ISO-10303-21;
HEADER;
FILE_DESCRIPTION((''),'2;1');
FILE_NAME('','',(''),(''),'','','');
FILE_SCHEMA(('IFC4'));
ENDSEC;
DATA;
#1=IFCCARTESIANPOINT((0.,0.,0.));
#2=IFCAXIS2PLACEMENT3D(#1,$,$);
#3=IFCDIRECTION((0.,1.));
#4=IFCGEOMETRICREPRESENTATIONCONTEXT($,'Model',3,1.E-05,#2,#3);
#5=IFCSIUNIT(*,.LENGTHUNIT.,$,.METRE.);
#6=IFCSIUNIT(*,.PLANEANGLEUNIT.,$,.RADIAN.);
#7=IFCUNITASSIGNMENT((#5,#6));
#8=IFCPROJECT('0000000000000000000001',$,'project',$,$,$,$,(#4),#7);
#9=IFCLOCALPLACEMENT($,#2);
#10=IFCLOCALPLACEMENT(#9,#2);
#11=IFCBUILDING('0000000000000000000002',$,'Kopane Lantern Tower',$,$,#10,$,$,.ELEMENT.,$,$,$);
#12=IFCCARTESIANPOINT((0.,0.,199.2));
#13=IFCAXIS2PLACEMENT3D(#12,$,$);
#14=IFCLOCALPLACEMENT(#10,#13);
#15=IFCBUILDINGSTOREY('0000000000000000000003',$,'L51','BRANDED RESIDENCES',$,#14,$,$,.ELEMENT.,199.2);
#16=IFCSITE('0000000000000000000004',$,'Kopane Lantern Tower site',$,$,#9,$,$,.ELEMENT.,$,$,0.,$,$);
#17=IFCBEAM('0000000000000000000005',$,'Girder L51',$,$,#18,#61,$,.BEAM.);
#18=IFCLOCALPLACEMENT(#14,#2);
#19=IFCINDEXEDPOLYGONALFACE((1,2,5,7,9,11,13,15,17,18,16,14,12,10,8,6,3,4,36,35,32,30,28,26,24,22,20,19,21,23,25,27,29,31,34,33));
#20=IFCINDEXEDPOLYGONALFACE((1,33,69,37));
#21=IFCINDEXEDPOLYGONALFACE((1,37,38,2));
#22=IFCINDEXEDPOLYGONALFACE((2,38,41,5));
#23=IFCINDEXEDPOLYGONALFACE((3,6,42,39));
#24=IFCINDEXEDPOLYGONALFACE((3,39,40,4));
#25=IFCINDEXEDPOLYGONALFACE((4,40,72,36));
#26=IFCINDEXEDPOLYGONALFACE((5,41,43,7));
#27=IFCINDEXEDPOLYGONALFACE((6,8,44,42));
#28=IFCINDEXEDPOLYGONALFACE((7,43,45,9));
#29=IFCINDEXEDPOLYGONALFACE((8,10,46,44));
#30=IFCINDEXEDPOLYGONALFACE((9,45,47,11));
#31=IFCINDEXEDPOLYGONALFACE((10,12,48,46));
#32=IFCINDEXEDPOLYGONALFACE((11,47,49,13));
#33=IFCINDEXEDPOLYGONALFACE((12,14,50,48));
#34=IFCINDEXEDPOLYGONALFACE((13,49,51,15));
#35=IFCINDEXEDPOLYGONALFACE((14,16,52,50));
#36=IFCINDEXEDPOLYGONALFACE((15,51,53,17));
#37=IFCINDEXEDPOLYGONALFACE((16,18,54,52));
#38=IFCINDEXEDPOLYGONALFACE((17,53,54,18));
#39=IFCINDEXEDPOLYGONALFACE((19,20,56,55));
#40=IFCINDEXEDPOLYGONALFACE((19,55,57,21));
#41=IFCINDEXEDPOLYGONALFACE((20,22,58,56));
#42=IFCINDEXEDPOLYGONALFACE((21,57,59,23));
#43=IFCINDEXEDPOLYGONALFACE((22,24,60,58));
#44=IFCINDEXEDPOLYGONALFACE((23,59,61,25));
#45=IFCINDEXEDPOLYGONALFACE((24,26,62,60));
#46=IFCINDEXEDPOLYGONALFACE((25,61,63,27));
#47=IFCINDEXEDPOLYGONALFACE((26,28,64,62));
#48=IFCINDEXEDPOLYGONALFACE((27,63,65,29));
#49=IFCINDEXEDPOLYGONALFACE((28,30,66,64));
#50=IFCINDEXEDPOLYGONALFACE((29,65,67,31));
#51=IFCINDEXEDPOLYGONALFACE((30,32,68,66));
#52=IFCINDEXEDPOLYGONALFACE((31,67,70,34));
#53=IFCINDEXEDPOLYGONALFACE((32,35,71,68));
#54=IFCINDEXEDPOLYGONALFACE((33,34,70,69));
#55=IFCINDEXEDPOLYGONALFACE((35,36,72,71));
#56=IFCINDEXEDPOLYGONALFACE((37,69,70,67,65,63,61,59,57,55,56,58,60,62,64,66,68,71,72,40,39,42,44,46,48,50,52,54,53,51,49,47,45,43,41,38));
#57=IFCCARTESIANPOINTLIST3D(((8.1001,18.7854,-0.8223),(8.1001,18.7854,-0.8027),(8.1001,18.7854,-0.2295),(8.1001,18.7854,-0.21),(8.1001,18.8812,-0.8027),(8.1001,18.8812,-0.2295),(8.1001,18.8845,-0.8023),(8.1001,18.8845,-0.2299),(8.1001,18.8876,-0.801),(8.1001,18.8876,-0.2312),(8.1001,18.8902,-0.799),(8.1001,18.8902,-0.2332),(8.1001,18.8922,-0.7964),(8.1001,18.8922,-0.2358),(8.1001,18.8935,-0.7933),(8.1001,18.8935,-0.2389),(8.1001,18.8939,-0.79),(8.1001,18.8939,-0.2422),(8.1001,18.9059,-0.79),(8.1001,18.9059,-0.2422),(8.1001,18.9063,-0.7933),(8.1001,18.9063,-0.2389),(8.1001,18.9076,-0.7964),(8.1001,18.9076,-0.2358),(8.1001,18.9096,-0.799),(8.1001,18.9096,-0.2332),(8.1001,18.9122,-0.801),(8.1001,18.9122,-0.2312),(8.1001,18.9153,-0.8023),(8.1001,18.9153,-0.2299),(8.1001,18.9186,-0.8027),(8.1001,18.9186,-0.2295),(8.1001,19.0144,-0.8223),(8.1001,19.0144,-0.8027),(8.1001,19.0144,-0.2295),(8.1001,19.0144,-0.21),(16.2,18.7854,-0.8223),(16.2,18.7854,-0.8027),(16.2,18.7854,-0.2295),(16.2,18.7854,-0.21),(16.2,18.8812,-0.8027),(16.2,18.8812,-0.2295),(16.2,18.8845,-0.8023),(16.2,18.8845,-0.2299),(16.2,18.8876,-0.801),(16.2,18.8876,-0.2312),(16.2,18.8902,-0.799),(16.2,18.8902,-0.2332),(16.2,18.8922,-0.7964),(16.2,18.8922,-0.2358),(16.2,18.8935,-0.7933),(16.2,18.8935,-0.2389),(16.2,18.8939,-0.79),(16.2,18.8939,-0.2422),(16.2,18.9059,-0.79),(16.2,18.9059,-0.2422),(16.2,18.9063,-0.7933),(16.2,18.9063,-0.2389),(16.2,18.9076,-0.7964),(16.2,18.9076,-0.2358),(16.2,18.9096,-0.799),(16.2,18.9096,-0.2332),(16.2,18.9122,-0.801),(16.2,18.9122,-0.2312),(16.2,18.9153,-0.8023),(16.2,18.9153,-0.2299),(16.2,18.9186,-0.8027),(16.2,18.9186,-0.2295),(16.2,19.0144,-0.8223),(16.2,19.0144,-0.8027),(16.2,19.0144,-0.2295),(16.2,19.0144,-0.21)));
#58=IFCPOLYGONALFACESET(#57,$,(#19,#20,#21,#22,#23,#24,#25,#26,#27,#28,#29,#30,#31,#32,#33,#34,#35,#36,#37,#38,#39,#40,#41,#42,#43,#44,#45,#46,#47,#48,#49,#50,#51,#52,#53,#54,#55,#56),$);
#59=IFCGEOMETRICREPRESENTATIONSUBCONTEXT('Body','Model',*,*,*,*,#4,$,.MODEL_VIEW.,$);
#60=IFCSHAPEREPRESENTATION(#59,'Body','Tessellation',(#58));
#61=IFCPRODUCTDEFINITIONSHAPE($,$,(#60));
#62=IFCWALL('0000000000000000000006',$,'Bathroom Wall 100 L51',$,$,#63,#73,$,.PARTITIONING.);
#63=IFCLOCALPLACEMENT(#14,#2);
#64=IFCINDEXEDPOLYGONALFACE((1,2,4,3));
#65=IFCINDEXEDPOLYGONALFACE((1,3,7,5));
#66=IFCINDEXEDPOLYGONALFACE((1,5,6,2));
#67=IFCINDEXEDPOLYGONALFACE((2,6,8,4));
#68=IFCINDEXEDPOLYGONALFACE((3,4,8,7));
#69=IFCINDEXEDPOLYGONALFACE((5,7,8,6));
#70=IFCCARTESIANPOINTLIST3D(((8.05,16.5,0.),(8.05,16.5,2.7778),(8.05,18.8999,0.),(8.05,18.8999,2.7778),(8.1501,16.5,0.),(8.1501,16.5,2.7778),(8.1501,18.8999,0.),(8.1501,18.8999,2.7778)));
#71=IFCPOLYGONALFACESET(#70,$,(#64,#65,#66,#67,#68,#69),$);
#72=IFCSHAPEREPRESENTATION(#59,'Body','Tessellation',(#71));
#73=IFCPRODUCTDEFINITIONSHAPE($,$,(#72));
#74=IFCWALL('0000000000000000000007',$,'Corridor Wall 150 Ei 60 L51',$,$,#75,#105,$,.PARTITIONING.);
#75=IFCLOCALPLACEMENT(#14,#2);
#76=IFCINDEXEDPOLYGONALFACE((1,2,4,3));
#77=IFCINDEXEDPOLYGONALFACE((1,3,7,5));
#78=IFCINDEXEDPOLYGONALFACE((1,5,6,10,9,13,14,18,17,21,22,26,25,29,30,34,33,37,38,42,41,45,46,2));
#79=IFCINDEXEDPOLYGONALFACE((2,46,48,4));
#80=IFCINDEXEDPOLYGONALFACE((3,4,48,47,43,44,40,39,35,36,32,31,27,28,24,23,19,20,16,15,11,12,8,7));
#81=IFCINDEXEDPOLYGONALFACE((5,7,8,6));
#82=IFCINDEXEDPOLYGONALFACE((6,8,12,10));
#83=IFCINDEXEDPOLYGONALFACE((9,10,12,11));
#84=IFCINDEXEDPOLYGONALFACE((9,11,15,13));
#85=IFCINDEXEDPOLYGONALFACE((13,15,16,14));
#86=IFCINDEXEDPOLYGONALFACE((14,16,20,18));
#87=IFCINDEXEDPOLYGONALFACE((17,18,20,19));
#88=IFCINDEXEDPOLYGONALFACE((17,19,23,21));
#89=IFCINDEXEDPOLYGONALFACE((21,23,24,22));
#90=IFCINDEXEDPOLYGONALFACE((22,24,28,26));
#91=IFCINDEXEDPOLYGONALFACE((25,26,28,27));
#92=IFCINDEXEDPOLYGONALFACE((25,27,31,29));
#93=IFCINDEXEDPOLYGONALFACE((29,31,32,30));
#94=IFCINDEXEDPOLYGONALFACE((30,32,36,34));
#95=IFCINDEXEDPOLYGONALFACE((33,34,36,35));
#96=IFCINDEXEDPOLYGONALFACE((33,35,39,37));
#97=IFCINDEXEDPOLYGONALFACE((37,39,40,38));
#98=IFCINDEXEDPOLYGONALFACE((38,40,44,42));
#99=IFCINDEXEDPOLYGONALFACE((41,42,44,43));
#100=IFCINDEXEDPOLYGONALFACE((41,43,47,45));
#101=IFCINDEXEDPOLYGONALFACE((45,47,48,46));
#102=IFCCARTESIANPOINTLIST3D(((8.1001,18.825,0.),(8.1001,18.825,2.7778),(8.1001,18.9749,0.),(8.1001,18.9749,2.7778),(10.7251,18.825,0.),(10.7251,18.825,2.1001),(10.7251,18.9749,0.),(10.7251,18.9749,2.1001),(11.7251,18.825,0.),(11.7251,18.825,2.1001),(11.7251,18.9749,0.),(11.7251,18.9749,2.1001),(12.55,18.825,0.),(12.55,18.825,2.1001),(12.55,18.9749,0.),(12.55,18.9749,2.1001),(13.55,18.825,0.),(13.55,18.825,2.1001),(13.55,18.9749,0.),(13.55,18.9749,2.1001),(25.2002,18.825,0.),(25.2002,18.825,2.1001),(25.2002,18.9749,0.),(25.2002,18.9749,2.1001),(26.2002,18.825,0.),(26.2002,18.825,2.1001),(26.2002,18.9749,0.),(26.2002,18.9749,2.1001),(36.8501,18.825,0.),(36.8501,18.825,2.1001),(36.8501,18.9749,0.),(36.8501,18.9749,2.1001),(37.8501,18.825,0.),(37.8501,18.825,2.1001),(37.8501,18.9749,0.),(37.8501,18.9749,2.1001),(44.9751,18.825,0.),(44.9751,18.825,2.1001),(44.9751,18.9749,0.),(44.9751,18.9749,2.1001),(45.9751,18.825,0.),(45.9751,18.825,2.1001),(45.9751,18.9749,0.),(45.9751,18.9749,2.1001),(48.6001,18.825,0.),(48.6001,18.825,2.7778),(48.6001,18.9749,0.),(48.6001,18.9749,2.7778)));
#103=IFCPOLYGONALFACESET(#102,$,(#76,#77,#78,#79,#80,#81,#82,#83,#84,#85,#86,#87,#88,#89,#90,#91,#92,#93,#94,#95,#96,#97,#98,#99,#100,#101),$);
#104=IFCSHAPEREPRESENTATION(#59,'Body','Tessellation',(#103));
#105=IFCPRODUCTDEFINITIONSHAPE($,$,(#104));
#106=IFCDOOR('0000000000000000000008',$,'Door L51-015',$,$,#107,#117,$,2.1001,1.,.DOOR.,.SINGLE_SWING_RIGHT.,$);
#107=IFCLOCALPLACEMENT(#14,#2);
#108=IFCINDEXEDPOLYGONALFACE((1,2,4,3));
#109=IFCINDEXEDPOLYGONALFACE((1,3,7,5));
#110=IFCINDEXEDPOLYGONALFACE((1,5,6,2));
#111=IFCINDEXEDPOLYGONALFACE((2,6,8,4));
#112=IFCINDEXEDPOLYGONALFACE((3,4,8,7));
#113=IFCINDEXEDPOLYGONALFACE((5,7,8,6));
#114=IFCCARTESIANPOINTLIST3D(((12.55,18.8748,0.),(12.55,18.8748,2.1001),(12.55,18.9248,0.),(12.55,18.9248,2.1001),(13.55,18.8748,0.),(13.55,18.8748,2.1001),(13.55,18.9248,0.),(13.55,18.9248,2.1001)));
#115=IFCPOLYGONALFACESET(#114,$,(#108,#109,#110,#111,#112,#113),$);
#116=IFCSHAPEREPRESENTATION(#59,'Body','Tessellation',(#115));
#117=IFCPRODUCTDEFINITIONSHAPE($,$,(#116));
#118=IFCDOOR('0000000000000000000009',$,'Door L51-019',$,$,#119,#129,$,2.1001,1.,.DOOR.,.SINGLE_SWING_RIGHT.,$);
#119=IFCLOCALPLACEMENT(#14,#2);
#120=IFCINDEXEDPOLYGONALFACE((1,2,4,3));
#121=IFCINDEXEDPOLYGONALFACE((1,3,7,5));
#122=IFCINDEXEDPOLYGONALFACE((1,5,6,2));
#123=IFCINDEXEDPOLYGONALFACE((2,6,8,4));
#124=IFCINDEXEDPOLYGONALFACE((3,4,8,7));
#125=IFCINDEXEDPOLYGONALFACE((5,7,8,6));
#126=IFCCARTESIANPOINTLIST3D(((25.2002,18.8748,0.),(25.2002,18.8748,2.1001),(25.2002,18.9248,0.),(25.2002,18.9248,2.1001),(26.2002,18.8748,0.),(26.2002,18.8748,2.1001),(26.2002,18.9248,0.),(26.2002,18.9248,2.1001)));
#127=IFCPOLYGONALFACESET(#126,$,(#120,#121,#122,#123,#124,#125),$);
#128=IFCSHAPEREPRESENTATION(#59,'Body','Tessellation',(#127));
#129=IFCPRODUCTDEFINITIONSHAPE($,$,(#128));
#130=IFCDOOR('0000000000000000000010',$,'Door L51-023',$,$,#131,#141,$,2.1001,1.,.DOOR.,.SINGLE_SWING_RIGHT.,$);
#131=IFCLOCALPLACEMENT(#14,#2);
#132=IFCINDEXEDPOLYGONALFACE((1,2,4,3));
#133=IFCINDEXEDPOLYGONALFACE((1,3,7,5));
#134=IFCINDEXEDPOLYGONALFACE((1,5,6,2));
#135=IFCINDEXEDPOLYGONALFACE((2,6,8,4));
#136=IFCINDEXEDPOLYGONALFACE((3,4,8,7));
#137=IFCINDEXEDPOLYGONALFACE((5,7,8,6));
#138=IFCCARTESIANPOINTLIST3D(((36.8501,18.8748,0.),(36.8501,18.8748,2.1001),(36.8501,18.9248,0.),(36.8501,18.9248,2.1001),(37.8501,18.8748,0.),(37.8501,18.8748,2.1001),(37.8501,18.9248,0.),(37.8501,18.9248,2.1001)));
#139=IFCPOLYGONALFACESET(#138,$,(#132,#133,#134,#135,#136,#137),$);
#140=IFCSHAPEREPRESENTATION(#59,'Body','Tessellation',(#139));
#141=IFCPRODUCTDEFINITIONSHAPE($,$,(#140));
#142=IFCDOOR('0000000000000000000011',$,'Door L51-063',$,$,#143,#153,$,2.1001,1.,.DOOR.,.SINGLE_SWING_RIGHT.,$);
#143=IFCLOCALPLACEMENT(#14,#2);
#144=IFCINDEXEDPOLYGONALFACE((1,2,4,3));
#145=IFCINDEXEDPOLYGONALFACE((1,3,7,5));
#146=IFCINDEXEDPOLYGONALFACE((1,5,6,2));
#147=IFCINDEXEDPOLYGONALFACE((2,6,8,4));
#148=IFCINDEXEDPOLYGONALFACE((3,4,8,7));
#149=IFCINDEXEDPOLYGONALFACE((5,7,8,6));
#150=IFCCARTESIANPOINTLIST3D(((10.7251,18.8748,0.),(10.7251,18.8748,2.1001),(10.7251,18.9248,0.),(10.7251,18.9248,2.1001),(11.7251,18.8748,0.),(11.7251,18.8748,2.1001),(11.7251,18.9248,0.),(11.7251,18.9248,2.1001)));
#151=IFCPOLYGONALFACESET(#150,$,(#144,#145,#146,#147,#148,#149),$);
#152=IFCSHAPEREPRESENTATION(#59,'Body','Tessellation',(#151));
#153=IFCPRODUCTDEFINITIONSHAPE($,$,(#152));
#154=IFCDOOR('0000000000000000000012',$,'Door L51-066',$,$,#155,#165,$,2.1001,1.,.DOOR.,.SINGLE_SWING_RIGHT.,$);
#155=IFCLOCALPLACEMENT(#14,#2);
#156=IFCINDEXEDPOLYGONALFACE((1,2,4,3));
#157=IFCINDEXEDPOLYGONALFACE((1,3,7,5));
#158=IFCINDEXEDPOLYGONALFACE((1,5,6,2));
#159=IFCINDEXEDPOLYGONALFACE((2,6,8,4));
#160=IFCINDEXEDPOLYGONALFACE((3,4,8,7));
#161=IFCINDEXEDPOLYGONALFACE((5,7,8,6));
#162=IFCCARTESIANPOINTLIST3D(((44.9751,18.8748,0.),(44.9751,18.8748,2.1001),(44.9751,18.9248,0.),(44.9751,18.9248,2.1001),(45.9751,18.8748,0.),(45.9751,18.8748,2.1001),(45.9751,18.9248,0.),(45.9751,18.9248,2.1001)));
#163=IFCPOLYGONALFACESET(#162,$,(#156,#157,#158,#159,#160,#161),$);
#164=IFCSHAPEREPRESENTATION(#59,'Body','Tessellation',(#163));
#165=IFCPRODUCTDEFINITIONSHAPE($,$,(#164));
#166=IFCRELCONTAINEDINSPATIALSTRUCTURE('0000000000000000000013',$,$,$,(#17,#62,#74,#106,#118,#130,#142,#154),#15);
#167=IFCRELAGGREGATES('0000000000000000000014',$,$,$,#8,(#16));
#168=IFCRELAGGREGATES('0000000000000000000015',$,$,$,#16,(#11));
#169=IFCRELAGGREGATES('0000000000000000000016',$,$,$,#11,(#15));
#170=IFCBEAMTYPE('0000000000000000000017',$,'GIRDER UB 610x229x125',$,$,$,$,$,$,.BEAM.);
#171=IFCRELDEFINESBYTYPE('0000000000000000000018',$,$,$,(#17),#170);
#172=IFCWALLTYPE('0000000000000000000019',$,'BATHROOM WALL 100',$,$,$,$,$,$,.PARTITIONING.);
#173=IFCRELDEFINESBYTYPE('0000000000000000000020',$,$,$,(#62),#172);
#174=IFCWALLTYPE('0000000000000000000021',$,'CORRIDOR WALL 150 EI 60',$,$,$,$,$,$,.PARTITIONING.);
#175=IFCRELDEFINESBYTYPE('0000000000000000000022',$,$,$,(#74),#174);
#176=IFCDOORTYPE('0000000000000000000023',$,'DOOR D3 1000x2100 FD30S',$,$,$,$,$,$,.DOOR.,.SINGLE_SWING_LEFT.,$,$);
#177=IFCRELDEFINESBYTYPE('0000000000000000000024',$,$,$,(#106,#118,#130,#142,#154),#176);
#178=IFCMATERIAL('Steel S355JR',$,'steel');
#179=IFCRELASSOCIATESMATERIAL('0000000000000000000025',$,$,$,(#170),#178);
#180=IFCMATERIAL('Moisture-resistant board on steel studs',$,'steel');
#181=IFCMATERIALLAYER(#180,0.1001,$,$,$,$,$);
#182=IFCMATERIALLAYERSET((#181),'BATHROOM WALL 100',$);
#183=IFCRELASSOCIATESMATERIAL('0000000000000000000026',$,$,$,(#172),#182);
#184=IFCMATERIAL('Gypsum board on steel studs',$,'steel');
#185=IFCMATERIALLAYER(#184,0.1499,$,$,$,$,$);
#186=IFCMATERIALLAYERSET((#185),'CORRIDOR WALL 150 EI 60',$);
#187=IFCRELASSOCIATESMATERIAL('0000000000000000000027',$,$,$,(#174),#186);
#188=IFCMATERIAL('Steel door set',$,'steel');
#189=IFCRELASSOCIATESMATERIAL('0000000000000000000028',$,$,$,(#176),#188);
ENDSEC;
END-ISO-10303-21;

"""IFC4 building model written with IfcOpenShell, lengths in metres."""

from ifc_helpers import new_model, si_unit, direction, frame, frame_2d, origin, origin_2d, place, context, subcontext, project, spatial, rectangle, i_section, extrude, material, layer, layer_set, material_profile, profile_set, type_object, element, fill, save


model = new_model("IFC4")

# Units and contexts
model_context = context("Model", 3, precision=1e-05, world=origin(), true_north=direction((0.0, 1.0)))
body_context = subcontext(model_context, "Body", "Model", "MODEL_VIEW")
ifc_project = project(units=[si_unit("LENGTHUNIT", "METRE"), si_unit("PLANEANGLEUNIT", "RADIAN")], contexts=[model_context])

# Site, building, storey
site_placement = place(None, origin())
site = spatial("IfcSite", under=ifc_project, at=site_placement, Name="Kopane Lantern Tower site", CompositionType="ELEMENT", RefElevation=0.0)
building_placement = place(site_placement, origin())
building = spatial("IfcBuilding", under=site, at=building_placement, Name="Kopane Lantern Tower", CompositionType="ELEMENT")
storey_placement = place(building_placement, frame((0.0, 0.0, 199.2)))
storey = spatial("IfcBuildingStorey", under=building, at=storey_placement, Name="L51", Description="BRANDED RESIDENCES", CompositionType="ELEMENT", Elevation=199.2)

# Beam
ifc_material_1 = material(Name="Steel S355JR", Category="steel")
ifc_material_profile = material_profile(ifc_material_1, i_section(OverallWidth=0.229, OverallDepth=0.6123, WebThickness=0.012, FlangeThickness=0.0195, FilletRadius=0.0127, at=origin_2d()), Name="UB 610x229x125")
ifc_profile_set = profile_set([ifc_material_profile], Name="Steel S355JR")
beam_type = type_object("IfcBeamType", Name="GIRDER UB 610x229x125", PredefinedType="BEAM", material=ifc_profile_set)
beam_placement = place(storey_placement, frame((8.1001, 18.8999, -0.5161), z_axis=(1.0, 0.0, 0.0), x_axis=(0.0, 1.0, 0.0)))
element("IfcBeam", 1, at=beam_placement, inside=storey, type_object=beam_type, Name="Girder L51", PredefinedType="BEAM", context=body_context, shape_type="SweptSolid", body=[
    extrude(i_section(OverallWidth=0.229, OverallDepth=0.6123, WebThickness=0.012, FlangeThickness=0.0195, FilletRadius=0.0127, at=origin_2d()), origin(), (0.0, 0.0, 1.0), 8.0999),
])

# Wall
ifc_material_2 = material(Name="Moisture-resistant board on steel studs", Category="steel")
ifc_layer_1 = layer(ifc_material_2, 0.1001)
ifc_layer_set_1 = layer_set([ifc_layer_1], Name="BATHROOM WALL 100")
wall_type_1 = type_object("IfcWallType", Name="BATHROOM WALL 100", PredefinedType="PARTITIONING", material=ifc_layer_set_1)
wall_1_placement = place(storey_placement, frame((8.1001, 18.8999, 0.0), z_axis=(0.0, 0.0, 1.0), x_axis=(0.0, -1.0, 0.0)))
element("IfcWall", 2, at=wall_1_placement, inside=storey, type_object=wall_type_1, Name="Bathroom Wall 100 L51", PredefinedType="PARTITIONING", context=body_context, shape_type="SweptSolid", body=[
    extrude(rectangle(XDim=2.3999, YDim=0.1001, at=frame_2d((1.2, 0.0))), origin(), (0.0, 0.0, 1.0), 2.7778),
])

# Wall, openings, doors
ifc_material_3 = material(Name="Gypsum board on steel studs", Category="steel")
ifc_layer_2 = layer(ifc_material_3, 0.1499)
ifc_layer_set_2 = layer_set([ifc_layer_2], Name="CORRIDOR WALL 150 EI 60")
wall_type_2 = type_object("IfcWallType", Name="CORRIDOR WALL 150 EI 60", PredefinedType="PARTITIONING", material=ifc_layer_set_2)
wall_2_placement = place(storey_placement, frame((8.1001, 18.8999, 0.0), z_axis=(0.0, 0.0, 1.0), x_axis=(1.0, 0.0, 0.0)))
wall_2 = element("IfcWall", 3, at=wall_2_placement, inside=storey, type_object=wall_type_2, Name="Corridor Wall 150 Ei 60 L51", PredefinedType="PARTITIONING", context=body_context, shape_type="SweptSolid", body=[
    extrude(rectangle(XDim=40.5, YDim=0.1499, at=frame_2d((20.25, 0.0))), origin(), (0.0, 0.0, 1.0), 2.7778),
])
opening_1_placement = place(wall_2_placement, frame((4.45, 0.0, 0.0)))
opening_1 = element("IfcOpeningElement", 4, at=opening_1_placement, cuts=wall_2, PredefinedType="OPENING", context=body_context, shape_type="SweptSolid", body=[
    extrude(rectangle(XDim=1.0, YDim=2.1001, at=frame_2d((0.5, 1.05))), frame((0.0, 0.085, 0.0), z_axis=(0.0, -1.0, 0.0), x_axis=(1.0, 0.0, 0.0)), (0.0, 0.0, 1.0), 0.1699),
])
opening_2_placement = place(wall_2_placement, frame((17.1001, 0.0, 0.0)))
opening_2 = element("IfcOpeningElement", 5, at=opening_2_placement, cuts=wall_2, PredefinedType="OPENING", context=body_context, shape_type="SweptSolid", body=[
    extrude(rectangle(XDim=1.0, YDim=2.1001, at=frame_2d((0.5, 1.05))), frame((0.0, 0.085, 0.0), z_axis=(0.0, -1.0, 0.0), x_axis=(1.0, 0.0, 0.0)), (0.0, 0.0, 1.0), 0.1699),
])
opening_3_placement = place(wall_2_placement, frame((28.75, 0.0, 0.0)))
opening_3 = element("IfcOpeningElement", 6, at=opening_3_placement, cuts=wall_2, PredefinedType="OPENING", context=body_context, shape_type="SweptSolid", body=[
    extrude(rectangle(XDim=1.0, YDim=2.1001, at=frame_2d((0.5, 1.05))), frame((0.0, 0.085, 0.0), z_axis=(0.0, -1.0, 0.0), x_axis=(1.0, 0.0, 0.0)), (0.0, 0.0, 1.0), 0.1699),
])
opening_4_placement = place(wall_2_placement, frame((2.625, 0.0, 0.0)))
opening_4 = element("IfcOpeningElement", 7, at=opening_4_placement, cuts=wall_2, PredefinedType="OPENING", context=body_context, shape_type="SweptSolid", body=[
    extrude(rectangle(XDim=1.0, YDim=2.1001, at=frame_2d((0.5, 1.05))), frame((0.0, 0.085, 0.0), z_axis=(0.0, -1.0, 0.0), x_axis=(1.0, 0.0, 0.0)), (0.0, 0.0, 1.0), 0.1699),
])
opening_5_placement = place(wall_2_placement, frame((36.875, 0.0, 0.0)))
opening_5 = element("IfcOpeningElement", 8, at=opening_5_placement, cuts=wall_2, PredefinedType="OPENING", context=body_context, shape_type="SweptSolid", body=[
    extrude(rectangle(XDim=1.0, YDim=2.1001, at=frame_2d((0.5, 1.05))), frame((0.0, 0.085, 0.0), z_axis=(0.0, -1.0, 0.0), x_axis=(1.0, 0.0, 0.0)), (0.0, 0.0, 1.0), 0.1699),
])
ifc_material_4 = material(Name="Steel door set", Category="steel")
door_type = type_object("IfcDoorType", Name="DOOR D3 1000x2100 FD30S", OperationType="SINGLE_SWING_LEFT", PredefinedType="DOOR", material=ifc_material_4)
door_1_placement = place(opening_1_placement, origin())
door_1 = element("IfcDoor", 9, at=door_1_placement, inside=storey, type_object=door_type, Name="Door L51-015", OperationType="SINGLE_SWING_RIGHT", OverallHeight=2.1001, OverallWidth=1.0, PredefinedType="DOOR", context=body_context, shape_type="SweptSolid", body=[
    extrude(rectangle(XDim=1.0, YDim=2.1001, at=frame_2d((0.5, 1.05))), frame((0.0, 0.0249, 0.0), z_axis=(0.0, -1.0, 0.0), x_axis=(1.0, 0.0, 0.0)), (0.0, 0.0, 1.0), 0.05),
])
fill(opening_1, door_1)
door_2_placement = place(opening_2_placement, origin())
door_2 = element("IfcDoor", 10, at=door_2_placement, inside=storey, type_object=door_type, Name="Door L51-019", OperationType="SINGLE_SWING_RIGHT", OverallHeight=2.1001, OverallWidth=1.0, PredefinedType="DOOR", context=body_context, shape_type="SweptSolid", body=[
    extrude(rectangle(XDim=1.0, YDim=2.1001, at=frame_2d((0.5, 1.05))), frame((0.0, 0.0249, 0.0), z_axis=(0.0, -1.0, 0.0), x_axis=(1.0, 0.0, 0.0)), (0.0, 0.0, 1.0), 0.05),
])
fill(opening_2, door_2)
door_3_placement = place(opening_3_placement, origin())
door_3 = element("IfcDoor", 11, at=door_3_placement, inside=storey, type_object=door_type, Name="Door L51-023", OperationType="SINGLE_SWING_RIGHT", OverallHeight=2.1001, OverallWidth=1.0, PredefinedType="DOOR", context=body_context, shape_type="SweptSolid", body=[
    extrude(rectangle(XDim=1.0, YDim=2.1001, at=frame_2d((0.5, 1.05))), frame((0.0, 0.0249, 0.0), z_axis=(0.0, -1.0, 0.0), x_axis=(1.0, 0.0, 0.0)), (0.0, 0.0, 1.0), 0.05),
])
fill(opening_3, door_3)
door_4_placement = place(opening_4_placement, origin())
door_4 = element("IfcDoor", 12, at=door_4_placement, inside=storey, type_object=door_type, Name="Door L51-063", OperationType="SINGLE_SWING_RIGHT", OverallHeight=2.1001, OverallWidth=1.0, PredefinedType="DOOR", context=body_context, shape_type="SweptSolid", body=[
    extrude(rectangle(XDim=1.0, YDim=2.1001, at=frame_2d((0.5, 1.05))), frame((0.0, 0.0249, 0.0), z_axis=(0.0, -1.0, 0.0), x_axis=(1.0, 0.0, 0.0)), (0.0, 0.0, 1.0), 0.05),
])
fill(opening_4, door_4)
door_5_placement = place(opening_5_placement, origin())
door_5 = element("IfcDoor", 13, at=door_5_placement, inside=storey, type_object=door_type, Name="Door L51-066", OperationType="SINGLE_SWING_RIGHT", OverallHeight=2.1001, OverallWidth=1.0, PredefinedType="DOOR", context=body_context, shape_type="SweptSolid", body=[
    extrude(rectangle(XDim=1.0, YDim=2.1001, at=frame_2d((0.5, 1.05))), frame((0.0, 0.0249, 0.0), z_axis=(0.0, -1.0, 0.0), x_axis=(1.0, 0.0, 0.0)), (0.0, 0.0, 1.0), 0.05),
])
fill(opening_5, door_5)

save(model, "model.ifc")
